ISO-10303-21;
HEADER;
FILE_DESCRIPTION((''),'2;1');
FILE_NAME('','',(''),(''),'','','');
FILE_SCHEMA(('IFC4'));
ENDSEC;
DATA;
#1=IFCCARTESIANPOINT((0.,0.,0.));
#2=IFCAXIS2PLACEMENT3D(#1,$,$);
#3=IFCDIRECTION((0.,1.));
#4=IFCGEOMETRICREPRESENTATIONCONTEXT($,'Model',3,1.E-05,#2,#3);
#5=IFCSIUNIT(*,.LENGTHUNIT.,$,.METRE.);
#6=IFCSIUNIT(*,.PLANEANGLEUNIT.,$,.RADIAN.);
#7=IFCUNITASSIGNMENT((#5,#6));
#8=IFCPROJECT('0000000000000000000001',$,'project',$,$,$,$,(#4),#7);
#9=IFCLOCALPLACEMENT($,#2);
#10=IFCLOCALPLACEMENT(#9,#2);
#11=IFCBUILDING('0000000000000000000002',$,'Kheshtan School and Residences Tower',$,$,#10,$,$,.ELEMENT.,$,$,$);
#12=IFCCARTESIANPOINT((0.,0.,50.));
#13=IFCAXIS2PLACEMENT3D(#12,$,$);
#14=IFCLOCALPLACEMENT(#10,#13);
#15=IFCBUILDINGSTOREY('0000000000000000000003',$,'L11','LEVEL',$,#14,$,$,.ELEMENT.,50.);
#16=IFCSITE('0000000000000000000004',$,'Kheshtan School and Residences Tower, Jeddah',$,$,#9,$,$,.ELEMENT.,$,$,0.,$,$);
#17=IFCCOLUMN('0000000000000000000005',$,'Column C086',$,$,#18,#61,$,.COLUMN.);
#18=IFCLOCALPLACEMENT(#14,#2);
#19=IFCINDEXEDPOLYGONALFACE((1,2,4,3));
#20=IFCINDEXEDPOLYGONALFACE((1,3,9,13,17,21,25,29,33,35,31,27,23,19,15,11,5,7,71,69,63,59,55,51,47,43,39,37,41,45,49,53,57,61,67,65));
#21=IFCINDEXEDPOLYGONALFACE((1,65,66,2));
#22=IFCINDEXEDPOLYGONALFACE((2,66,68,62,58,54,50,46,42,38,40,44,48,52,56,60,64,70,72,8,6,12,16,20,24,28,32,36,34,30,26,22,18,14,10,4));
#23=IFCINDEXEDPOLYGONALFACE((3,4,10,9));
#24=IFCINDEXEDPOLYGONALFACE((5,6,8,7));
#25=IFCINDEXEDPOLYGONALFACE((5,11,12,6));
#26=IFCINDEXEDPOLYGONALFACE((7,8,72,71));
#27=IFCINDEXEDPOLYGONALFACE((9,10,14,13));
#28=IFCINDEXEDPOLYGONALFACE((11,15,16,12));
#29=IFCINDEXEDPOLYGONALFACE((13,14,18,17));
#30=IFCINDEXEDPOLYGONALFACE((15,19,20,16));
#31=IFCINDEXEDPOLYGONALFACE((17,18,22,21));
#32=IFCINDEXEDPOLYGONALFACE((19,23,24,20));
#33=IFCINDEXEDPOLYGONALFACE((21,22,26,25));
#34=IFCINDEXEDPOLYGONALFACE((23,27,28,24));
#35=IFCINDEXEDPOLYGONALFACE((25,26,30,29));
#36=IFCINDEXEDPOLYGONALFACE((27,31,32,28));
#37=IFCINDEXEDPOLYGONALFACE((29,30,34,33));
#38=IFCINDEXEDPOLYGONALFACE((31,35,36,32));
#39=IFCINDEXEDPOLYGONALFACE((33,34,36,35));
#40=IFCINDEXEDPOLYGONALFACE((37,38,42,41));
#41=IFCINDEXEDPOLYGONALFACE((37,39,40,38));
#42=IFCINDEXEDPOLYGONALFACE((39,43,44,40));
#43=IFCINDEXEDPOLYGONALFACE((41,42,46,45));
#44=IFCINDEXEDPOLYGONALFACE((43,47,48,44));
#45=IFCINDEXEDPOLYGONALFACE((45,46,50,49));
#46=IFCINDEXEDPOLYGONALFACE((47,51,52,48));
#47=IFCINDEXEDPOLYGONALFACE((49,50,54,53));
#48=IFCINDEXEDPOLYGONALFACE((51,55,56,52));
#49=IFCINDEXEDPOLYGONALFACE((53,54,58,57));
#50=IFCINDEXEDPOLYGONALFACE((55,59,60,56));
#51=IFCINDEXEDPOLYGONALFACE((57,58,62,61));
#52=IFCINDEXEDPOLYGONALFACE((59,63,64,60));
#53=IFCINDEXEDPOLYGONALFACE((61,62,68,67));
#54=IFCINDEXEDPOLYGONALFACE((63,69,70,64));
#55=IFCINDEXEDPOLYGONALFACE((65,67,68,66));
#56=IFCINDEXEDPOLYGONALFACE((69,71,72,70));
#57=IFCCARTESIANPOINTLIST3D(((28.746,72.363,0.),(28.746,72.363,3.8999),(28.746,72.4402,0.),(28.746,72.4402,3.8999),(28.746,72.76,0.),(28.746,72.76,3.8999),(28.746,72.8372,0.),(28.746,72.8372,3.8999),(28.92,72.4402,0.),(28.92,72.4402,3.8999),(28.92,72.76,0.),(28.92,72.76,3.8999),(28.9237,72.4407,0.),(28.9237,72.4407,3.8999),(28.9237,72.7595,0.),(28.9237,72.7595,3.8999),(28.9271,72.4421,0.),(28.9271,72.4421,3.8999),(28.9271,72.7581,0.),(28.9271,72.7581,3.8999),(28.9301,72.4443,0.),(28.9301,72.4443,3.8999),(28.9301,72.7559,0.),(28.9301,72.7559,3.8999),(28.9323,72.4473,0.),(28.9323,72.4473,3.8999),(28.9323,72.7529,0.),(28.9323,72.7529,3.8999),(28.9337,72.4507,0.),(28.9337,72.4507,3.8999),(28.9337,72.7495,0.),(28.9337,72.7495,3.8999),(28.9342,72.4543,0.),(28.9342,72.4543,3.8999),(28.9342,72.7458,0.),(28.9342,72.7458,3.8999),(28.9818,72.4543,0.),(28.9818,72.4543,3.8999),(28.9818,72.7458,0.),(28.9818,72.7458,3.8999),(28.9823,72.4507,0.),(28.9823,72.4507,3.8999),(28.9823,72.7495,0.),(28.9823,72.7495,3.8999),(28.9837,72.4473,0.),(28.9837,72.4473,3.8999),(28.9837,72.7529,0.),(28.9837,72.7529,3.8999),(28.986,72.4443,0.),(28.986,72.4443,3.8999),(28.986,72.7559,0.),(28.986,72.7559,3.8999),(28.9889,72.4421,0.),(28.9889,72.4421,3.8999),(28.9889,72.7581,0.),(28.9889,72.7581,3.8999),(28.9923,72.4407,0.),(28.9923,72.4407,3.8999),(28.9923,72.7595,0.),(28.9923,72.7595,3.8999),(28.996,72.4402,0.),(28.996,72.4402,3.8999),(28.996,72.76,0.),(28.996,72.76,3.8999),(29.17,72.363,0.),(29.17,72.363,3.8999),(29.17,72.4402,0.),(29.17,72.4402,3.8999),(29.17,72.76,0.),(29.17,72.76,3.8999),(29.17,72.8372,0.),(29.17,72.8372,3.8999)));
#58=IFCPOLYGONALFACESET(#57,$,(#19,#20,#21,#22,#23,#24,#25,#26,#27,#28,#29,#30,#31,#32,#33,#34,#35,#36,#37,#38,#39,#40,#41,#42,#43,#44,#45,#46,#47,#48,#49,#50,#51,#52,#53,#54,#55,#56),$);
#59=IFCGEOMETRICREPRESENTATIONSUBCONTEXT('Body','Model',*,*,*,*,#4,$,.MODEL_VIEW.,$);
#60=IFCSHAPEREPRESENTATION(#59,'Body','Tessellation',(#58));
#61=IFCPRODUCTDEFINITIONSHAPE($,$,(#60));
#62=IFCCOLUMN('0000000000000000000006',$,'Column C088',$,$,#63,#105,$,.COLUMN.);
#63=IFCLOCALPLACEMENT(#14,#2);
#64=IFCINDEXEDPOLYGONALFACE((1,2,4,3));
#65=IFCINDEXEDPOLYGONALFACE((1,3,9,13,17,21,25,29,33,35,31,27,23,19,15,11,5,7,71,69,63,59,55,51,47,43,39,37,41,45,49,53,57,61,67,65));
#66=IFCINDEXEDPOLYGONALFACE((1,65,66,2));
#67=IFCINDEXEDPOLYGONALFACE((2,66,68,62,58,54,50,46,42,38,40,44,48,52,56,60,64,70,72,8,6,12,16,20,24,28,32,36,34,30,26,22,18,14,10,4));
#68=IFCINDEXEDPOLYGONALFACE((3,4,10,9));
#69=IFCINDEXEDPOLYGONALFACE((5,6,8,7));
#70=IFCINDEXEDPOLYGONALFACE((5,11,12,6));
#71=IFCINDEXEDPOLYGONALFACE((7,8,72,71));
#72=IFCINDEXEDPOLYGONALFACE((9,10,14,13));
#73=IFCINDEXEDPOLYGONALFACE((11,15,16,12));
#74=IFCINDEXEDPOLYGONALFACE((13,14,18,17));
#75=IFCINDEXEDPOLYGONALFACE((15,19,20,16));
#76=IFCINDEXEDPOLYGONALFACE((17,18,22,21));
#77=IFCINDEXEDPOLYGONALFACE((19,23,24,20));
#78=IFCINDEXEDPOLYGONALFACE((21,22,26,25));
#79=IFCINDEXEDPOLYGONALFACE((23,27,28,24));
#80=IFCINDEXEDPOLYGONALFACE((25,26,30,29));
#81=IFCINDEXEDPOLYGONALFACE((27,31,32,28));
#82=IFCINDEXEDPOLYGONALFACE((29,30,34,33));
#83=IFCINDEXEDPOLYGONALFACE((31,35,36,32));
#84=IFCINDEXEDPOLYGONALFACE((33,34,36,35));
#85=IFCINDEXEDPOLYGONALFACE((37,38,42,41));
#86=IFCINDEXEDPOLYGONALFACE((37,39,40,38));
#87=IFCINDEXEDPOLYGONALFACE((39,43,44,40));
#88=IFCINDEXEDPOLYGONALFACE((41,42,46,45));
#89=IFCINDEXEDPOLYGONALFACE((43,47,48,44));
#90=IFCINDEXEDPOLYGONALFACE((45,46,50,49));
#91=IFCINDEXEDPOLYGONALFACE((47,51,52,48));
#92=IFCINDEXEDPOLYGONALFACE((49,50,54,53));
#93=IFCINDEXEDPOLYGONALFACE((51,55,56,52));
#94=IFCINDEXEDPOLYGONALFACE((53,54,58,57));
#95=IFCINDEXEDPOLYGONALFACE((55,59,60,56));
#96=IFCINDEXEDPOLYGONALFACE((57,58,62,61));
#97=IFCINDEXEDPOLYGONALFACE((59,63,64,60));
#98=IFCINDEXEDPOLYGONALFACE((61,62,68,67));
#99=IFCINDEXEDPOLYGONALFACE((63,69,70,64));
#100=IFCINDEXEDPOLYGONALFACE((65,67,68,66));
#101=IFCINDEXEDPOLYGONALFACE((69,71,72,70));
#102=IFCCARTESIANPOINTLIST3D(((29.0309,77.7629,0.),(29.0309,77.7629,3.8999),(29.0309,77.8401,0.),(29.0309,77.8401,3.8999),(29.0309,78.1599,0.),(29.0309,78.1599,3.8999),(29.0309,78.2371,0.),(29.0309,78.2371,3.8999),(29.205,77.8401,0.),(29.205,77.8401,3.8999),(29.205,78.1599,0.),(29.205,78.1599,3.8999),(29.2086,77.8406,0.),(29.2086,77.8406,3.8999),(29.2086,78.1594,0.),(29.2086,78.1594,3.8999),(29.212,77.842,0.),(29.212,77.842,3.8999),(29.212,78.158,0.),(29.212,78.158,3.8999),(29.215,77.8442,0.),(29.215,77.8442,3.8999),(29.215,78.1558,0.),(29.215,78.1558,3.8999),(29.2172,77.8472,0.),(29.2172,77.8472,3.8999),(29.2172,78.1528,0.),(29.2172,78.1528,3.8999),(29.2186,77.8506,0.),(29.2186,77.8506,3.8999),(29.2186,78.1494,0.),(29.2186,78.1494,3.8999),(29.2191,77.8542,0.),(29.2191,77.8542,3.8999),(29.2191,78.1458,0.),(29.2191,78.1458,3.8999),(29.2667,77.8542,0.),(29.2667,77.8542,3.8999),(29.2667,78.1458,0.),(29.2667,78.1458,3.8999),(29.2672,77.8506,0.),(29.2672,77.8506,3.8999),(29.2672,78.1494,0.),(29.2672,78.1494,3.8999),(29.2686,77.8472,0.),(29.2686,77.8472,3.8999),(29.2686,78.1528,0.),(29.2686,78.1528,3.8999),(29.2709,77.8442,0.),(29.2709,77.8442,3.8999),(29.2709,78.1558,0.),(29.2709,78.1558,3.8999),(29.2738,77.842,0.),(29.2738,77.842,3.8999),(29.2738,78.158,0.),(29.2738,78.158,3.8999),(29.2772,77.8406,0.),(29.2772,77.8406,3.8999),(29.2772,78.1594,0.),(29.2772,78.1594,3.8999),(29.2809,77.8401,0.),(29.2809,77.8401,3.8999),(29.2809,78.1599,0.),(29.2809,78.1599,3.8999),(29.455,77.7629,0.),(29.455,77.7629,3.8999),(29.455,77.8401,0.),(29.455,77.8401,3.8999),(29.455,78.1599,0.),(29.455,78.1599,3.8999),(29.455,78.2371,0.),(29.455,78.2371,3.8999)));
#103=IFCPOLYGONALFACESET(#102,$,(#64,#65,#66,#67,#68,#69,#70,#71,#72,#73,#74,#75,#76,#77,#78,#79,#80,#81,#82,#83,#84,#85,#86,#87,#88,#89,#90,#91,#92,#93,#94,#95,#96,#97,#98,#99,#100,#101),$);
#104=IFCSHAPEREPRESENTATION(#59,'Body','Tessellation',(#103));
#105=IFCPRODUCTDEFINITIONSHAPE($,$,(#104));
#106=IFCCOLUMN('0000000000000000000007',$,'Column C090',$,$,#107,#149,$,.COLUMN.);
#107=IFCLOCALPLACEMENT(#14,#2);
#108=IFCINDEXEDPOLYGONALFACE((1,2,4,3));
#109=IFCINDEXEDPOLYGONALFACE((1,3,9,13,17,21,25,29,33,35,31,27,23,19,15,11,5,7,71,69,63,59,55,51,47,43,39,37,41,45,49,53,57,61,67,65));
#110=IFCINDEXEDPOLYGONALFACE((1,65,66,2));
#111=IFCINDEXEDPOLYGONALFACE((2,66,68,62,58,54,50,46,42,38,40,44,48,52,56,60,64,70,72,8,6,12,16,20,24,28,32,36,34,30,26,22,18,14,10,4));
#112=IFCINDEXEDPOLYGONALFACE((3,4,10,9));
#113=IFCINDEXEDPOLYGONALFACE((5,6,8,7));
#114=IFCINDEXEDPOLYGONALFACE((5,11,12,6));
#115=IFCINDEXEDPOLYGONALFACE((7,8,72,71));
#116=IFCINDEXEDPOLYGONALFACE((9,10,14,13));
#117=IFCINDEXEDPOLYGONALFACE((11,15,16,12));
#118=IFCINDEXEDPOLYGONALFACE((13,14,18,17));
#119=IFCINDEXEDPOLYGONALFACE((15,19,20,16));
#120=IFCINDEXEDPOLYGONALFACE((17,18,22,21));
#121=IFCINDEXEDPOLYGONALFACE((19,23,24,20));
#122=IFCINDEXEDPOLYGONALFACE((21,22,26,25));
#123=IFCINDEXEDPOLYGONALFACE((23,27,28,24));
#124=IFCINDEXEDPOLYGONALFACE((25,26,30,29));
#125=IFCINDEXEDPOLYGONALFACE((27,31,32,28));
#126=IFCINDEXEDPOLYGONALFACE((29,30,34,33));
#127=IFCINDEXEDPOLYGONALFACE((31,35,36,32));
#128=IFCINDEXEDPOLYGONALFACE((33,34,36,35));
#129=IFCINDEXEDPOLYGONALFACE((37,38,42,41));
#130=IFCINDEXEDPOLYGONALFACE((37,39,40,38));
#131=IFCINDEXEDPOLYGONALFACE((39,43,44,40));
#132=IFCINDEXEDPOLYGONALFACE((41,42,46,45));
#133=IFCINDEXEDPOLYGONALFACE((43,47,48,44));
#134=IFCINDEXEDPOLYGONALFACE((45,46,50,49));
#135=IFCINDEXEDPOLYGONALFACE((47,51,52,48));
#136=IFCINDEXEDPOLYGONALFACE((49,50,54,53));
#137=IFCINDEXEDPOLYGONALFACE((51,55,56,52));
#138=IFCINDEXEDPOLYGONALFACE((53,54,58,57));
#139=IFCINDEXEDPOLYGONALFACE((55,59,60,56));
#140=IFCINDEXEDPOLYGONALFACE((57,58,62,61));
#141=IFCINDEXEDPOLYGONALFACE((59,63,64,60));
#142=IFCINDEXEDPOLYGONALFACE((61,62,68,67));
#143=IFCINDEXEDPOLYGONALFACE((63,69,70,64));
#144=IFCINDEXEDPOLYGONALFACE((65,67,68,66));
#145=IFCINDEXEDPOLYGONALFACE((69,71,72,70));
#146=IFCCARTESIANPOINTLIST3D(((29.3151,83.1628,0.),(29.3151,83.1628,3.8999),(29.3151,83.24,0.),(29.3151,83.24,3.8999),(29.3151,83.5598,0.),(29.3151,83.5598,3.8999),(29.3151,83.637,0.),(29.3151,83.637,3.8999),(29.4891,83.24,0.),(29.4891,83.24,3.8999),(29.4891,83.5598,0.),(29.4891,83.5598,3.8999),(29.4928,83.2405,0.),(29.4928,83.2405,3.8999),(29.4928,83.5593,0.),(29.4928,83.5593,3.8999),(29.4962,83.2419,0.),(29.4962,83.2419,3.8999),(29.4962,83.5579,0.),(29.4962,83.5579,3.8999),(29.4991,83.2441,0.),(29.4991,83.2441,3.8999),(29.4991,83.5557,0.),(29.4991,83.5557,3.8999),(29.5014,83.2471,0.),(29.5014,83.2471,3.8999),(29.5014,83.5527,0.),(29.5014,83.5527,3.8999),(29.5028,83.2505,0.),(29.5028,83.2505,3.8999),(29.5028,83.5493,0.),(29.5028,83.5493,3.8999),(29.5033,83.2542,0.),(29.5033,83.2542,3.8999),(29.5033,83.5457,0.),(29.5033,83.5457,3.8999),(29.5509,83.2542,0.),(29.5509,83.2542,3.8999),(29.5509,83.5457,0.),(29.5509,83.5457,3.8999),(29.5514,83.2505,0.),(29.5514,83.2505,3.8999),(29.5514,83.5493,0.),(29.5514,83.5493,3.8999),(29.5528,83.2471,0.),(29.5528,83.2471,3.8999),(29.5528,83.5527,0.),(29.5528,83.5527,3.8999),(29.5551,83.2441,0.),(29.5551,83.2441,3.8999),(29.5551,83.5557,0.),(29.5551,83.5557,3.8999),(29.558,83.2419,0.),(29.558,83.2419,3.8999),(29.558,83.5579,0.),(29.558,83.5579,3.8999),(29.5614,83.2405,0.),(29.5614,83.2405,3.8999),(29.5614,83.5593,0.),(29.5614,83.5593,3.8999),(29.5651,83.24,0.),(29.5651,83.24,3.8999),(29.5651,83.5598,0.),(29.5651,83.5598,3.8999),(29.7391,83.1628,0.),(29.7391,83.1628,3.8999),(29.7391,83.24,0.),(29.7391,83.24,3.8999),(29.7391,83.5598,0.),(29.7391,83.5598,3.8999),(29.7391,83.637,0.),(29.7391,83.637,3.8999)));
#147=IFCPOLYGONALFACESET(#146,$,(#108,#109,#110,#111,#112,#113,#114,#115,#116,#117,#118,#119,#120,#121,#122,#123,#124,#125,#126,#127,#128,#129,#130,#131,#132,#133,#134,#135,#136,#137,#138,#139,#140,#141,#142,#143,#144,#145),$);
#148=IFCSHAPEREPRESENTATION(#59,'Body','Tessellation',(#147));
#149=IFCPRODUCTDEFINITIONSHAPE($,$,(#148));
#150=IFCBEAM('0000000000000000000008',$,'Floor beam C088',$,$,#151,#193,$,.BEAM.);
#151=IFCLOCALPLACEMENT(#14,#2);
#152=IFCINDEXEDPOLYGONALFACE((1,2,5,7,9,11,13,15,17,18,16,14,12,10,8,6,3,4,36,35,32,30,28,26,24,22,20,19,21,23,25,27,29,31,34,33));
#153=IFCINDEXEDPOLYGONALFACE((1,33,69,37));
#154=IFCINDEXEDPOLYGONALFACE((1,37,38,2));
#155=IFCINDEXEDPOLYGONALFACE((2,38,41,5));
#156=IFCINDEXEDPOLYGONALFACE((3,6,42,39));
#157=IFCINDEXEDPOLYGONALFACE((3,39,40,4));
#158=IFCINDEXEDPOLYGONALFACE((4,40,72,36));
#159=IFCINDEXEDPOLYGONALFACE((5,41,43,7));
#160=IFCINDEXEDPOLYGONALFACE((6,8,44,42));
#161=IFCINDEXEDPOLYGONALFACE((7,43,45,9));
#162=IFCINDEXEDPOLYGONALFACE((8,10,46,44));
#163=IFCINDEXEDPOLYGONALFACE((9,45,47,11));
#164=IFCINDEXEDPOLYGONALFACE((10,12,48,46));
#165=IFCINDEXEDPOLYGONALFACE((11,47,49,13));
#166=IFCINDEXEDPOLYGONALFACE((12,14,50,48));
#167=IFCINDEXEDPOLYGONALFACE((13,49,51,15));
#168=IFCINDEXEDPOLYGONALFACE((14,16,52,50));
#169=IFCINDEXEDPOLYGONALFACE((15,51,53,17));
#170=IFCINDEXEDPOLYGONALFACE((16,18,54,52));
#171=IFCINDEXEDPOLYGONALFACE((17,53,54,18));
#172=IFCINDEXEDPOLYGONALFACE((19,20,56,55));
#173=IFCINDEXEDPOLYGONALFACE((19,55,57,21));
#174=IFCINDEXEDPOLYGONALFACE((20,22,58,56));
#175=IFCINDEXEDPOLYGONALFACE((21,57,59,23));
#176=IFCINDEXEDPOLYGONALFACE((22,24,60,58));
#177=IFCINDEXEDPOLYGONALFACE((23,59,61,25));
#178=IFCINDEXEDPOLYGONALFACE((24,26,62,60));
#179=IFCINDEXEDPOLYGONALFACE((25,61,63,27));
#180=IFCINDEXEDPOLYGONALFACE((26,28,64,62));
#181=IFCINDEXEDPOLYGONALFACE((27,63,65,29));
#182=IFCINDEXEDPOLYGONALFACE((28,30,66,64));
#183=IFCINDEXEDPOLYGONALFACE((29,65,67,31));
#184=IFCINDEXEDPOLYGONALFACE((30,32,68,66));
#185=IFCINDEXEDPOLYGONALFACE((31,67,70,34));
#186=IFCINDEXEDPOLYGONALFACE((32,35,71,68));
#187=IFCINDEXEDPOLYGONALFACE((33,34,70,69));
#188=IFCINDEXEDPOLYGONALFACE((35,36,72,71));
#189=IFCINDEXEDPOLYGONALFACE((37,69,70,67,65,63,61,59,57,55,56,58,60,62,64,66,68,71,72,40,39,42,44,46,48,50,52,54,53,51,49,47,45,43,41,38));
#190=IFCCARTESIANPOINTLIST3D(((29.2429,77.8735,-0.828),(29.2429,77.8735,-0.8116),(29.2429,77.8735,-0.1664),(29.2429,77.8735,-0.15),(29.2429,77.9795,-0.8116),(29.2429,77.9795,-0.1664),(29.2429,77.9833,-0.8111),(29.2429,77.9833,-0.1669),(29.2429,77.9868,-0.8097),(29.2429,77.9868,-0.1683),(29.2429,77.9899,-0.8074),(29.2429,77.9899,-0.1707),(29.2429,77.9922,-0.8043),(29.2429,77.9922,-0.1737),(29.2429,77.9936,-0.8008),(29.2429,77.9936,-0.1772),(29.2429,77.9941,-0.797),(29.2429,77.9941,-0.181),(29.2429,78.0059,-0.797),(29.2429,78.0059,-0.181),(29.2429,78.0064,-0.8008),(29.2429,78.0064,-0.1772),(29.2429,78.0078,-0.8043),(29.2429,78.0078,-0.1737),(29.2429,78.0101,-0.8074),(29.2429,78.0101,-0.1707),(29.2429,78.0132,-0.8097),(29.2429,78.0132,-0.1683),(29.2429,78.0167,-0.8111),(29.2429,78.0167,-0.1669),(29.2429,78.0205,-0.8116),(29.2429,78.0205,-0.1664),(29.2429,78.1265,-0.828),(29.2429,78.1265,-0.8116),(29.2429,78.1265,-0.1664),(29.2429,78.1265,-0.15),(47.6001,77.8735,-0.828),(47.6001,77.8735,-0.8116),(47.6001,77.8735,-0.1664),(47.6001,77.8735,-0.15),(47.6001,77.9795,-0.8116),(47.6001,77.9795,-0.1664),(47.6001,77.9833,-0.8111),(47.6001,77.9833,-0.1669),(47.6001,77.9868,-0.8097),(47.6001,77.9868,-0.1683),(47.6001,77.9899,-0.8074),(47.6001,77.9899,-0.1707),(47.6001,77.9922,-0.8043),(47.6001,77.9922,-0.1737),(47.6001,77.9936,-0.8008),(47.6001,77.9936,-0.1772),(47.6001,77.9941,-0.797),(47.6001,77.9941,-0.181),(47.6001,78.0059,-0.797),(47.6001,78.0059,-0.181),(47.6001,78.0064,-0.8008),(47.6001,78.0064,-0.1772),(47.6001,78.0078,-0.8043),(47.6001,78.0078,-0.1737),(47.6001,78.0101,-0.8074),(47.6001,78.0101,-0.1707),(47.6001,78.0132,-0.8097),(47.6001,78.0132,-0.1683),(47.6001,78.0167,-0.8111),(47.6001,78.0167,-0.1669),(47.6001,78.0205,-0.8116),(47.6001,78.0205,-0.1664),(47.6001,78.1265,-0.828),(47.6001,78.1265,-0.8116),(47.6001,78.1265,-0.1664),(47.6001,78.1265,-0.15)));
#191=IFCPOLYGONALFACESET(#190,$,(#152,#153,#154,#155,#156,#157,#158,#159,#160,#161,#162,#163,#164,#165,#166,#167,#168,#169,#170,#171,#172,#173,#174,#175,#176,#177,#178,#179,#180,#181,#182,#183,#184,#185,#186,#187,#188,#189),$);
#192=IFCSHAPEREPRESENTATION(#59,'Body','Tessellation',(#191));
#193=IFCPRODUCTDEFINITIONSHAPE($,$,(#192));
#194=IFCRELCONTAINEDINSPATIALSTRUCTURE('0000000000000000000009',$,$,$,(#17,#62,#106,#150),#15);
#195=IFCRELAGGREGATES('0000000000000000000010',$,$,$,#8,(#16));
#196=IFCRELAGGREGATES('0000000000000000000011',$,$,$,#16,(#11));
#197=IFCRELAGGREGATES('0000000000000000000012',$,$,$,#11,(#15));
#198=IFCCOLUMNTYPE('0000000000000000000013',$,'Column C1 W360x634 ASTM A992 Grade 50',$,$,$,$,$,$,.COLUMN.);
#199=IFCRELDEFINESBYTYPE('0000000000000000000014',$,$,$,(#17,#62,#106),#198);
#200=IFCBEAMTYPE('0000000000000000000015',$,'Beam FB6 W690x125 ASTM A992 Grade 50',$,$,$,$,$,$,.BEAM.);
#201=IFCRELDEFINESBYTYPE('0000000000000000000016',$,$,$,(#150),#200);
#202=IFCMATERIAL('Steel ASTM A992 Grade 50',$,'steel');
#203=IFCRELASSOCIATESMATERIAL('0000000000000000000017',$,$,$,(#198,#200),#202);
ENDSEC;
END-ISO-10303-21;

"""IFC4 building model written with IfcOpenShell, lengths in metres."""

from ifc_helpers import new_model, si_unit, direction, frame, origin, origin_2d, place, context, subcontext, project, spatial, i_section, extrude, material, material_profile, profile_set, type_object, element, save


model = new_model("IFC4")

# Units and contexts
model_context = context("Model", 3, precision=1e-05, world=origin(), true_north=direction((0.0, 1.0)))
body_context = subcontext(model_context, "Body", "Model", "MODEL_VIEW")
ifc_project = project(units=[si_unit("LENGTHUNIT", "METRE"), si_unit("PLANEANGLEUNIT", "RADIAN")], contexts=[model_context])

# Site, building, storey
site_placement = place(None, origin())
site = spatial("IfcSite", under=ifc_project, at=site_placement, Name="Kheshtan School and Residences Tower, Jeddah", CompositionType="ELEMENT", RefElevation=0.0)
building_placement = place(site_placement, origin())
building = spatial("IfcBuilding", under=site, at=building_placement, Name="Kheshtan School and Residences Tower", CompositionType="ELEMENT")
storey_placement = place(building_placement, frame((0.0, 0.0, 50.0)))
storey = spatial("IfcBuildingStorey", under=building, at=storey_placement, Name="L11", Description="LEVEL", CompositionType="ELEMENT", Elevation=50.0)

# Columns
ifc_material_1 = material(Name="Steel ASTM A992 Grade 50", Category="steel")
ifc_material_profile_1 = material_profile(ifc_material_1, i_section(OverallWidth=0.4241, OverallDepth=0.4741, WebThickness=0.0476, FlangeThickness=0.0771, FilletRadius=0.0142, at=origin_2d()), Name="W360x634")
ifc_profile_set_1 = profile_set([ifc_material_profile_1], Name="Steel ASTM A992 Grade 50")
column_type = type_object("IfcColumnType", Name="Column C1 W360x634 ASTM A992 Grade 50", PredefinedType="COLUMN", material=ifc_profile_set_1)
for number, where, z_axis, x_axis, name in (
    (1, (28.958, 72.6001, 0.0), (0.0, 0.0, 1.0), (1.0, 0.0, 0.0), "Column C086"),
    (2, (29.2429, 78.0, 0.0), (0.0, 0.0, 1.0), (1.0, 0.0, 0.0), "Column C088"),
    (3, (29.5271, 83.3999, 0.0), (0.0, 0.0, 1.0), (1.0, 0.0, 0.0), "Column C090"),
):
    element("IfcColumn", number, at=place(storey_placement, frame(where, z_axis=z_axis, x_axis=x_axis)), inside=storey, type_object=column_type, Name=name, PredefinedType="COLUMN", context=body_context, shape_type="SweptSolid", body=[
        extrude(i_section(OverallWidth=0.4241, OverallDepth=0.4741, WebThickness=0.0476, FlangeThickness=0.0771, FilletRadius=0.0142, at=origin_2d()), origin(), (0.0, 0.0, 1.0), 3.8999),
    ])

# Beam
ifc_material_profile_2 = material_profile(ifc_material_1, i_section(OverallWidth=0.2529, OverallDepth=0.678, WebThickness=0.0117, FlangeThickness=0.0164, FilletRadius=0.0146, at=origin_2d()), Name="W690x125")
ifc_profile_set_2 = profile_set([ifc_material_profile_2], Name="Steel ASTM A992 Grade 50")
beam_type_1 = type_object("IfcBeamType", Name="Beam FB6 W690x125 ASTM A992 Grade 50", PredefinedType="BEAM", material=ifc_profile_set_2)
beam_1_placement = place(storey_placement, frame((29.2429, 78.0, -0.489), z_axis=(1.0, 0.0, 0.0), x_axis=(0.0, 1.0, 0.0)))
element("IfcBeam", 4, at=beam_1_placement, inside=storey, type_object=beam_type_1, Name="Floor beam C088", PredefinedType="BEAM", context=body_context, shape_type="SweptSolid", body=[
    extrude(i_section(OverallWidth=0.2529, OverallDepth=0.678, WebThickness=0.0117, FlangeThickness=0.0164, FilletRadius=0.0146, at=origin_2d()), origin(), (0.0, 0.0, 1.0), 18.3572),
])

save(model, "model.ifc")
